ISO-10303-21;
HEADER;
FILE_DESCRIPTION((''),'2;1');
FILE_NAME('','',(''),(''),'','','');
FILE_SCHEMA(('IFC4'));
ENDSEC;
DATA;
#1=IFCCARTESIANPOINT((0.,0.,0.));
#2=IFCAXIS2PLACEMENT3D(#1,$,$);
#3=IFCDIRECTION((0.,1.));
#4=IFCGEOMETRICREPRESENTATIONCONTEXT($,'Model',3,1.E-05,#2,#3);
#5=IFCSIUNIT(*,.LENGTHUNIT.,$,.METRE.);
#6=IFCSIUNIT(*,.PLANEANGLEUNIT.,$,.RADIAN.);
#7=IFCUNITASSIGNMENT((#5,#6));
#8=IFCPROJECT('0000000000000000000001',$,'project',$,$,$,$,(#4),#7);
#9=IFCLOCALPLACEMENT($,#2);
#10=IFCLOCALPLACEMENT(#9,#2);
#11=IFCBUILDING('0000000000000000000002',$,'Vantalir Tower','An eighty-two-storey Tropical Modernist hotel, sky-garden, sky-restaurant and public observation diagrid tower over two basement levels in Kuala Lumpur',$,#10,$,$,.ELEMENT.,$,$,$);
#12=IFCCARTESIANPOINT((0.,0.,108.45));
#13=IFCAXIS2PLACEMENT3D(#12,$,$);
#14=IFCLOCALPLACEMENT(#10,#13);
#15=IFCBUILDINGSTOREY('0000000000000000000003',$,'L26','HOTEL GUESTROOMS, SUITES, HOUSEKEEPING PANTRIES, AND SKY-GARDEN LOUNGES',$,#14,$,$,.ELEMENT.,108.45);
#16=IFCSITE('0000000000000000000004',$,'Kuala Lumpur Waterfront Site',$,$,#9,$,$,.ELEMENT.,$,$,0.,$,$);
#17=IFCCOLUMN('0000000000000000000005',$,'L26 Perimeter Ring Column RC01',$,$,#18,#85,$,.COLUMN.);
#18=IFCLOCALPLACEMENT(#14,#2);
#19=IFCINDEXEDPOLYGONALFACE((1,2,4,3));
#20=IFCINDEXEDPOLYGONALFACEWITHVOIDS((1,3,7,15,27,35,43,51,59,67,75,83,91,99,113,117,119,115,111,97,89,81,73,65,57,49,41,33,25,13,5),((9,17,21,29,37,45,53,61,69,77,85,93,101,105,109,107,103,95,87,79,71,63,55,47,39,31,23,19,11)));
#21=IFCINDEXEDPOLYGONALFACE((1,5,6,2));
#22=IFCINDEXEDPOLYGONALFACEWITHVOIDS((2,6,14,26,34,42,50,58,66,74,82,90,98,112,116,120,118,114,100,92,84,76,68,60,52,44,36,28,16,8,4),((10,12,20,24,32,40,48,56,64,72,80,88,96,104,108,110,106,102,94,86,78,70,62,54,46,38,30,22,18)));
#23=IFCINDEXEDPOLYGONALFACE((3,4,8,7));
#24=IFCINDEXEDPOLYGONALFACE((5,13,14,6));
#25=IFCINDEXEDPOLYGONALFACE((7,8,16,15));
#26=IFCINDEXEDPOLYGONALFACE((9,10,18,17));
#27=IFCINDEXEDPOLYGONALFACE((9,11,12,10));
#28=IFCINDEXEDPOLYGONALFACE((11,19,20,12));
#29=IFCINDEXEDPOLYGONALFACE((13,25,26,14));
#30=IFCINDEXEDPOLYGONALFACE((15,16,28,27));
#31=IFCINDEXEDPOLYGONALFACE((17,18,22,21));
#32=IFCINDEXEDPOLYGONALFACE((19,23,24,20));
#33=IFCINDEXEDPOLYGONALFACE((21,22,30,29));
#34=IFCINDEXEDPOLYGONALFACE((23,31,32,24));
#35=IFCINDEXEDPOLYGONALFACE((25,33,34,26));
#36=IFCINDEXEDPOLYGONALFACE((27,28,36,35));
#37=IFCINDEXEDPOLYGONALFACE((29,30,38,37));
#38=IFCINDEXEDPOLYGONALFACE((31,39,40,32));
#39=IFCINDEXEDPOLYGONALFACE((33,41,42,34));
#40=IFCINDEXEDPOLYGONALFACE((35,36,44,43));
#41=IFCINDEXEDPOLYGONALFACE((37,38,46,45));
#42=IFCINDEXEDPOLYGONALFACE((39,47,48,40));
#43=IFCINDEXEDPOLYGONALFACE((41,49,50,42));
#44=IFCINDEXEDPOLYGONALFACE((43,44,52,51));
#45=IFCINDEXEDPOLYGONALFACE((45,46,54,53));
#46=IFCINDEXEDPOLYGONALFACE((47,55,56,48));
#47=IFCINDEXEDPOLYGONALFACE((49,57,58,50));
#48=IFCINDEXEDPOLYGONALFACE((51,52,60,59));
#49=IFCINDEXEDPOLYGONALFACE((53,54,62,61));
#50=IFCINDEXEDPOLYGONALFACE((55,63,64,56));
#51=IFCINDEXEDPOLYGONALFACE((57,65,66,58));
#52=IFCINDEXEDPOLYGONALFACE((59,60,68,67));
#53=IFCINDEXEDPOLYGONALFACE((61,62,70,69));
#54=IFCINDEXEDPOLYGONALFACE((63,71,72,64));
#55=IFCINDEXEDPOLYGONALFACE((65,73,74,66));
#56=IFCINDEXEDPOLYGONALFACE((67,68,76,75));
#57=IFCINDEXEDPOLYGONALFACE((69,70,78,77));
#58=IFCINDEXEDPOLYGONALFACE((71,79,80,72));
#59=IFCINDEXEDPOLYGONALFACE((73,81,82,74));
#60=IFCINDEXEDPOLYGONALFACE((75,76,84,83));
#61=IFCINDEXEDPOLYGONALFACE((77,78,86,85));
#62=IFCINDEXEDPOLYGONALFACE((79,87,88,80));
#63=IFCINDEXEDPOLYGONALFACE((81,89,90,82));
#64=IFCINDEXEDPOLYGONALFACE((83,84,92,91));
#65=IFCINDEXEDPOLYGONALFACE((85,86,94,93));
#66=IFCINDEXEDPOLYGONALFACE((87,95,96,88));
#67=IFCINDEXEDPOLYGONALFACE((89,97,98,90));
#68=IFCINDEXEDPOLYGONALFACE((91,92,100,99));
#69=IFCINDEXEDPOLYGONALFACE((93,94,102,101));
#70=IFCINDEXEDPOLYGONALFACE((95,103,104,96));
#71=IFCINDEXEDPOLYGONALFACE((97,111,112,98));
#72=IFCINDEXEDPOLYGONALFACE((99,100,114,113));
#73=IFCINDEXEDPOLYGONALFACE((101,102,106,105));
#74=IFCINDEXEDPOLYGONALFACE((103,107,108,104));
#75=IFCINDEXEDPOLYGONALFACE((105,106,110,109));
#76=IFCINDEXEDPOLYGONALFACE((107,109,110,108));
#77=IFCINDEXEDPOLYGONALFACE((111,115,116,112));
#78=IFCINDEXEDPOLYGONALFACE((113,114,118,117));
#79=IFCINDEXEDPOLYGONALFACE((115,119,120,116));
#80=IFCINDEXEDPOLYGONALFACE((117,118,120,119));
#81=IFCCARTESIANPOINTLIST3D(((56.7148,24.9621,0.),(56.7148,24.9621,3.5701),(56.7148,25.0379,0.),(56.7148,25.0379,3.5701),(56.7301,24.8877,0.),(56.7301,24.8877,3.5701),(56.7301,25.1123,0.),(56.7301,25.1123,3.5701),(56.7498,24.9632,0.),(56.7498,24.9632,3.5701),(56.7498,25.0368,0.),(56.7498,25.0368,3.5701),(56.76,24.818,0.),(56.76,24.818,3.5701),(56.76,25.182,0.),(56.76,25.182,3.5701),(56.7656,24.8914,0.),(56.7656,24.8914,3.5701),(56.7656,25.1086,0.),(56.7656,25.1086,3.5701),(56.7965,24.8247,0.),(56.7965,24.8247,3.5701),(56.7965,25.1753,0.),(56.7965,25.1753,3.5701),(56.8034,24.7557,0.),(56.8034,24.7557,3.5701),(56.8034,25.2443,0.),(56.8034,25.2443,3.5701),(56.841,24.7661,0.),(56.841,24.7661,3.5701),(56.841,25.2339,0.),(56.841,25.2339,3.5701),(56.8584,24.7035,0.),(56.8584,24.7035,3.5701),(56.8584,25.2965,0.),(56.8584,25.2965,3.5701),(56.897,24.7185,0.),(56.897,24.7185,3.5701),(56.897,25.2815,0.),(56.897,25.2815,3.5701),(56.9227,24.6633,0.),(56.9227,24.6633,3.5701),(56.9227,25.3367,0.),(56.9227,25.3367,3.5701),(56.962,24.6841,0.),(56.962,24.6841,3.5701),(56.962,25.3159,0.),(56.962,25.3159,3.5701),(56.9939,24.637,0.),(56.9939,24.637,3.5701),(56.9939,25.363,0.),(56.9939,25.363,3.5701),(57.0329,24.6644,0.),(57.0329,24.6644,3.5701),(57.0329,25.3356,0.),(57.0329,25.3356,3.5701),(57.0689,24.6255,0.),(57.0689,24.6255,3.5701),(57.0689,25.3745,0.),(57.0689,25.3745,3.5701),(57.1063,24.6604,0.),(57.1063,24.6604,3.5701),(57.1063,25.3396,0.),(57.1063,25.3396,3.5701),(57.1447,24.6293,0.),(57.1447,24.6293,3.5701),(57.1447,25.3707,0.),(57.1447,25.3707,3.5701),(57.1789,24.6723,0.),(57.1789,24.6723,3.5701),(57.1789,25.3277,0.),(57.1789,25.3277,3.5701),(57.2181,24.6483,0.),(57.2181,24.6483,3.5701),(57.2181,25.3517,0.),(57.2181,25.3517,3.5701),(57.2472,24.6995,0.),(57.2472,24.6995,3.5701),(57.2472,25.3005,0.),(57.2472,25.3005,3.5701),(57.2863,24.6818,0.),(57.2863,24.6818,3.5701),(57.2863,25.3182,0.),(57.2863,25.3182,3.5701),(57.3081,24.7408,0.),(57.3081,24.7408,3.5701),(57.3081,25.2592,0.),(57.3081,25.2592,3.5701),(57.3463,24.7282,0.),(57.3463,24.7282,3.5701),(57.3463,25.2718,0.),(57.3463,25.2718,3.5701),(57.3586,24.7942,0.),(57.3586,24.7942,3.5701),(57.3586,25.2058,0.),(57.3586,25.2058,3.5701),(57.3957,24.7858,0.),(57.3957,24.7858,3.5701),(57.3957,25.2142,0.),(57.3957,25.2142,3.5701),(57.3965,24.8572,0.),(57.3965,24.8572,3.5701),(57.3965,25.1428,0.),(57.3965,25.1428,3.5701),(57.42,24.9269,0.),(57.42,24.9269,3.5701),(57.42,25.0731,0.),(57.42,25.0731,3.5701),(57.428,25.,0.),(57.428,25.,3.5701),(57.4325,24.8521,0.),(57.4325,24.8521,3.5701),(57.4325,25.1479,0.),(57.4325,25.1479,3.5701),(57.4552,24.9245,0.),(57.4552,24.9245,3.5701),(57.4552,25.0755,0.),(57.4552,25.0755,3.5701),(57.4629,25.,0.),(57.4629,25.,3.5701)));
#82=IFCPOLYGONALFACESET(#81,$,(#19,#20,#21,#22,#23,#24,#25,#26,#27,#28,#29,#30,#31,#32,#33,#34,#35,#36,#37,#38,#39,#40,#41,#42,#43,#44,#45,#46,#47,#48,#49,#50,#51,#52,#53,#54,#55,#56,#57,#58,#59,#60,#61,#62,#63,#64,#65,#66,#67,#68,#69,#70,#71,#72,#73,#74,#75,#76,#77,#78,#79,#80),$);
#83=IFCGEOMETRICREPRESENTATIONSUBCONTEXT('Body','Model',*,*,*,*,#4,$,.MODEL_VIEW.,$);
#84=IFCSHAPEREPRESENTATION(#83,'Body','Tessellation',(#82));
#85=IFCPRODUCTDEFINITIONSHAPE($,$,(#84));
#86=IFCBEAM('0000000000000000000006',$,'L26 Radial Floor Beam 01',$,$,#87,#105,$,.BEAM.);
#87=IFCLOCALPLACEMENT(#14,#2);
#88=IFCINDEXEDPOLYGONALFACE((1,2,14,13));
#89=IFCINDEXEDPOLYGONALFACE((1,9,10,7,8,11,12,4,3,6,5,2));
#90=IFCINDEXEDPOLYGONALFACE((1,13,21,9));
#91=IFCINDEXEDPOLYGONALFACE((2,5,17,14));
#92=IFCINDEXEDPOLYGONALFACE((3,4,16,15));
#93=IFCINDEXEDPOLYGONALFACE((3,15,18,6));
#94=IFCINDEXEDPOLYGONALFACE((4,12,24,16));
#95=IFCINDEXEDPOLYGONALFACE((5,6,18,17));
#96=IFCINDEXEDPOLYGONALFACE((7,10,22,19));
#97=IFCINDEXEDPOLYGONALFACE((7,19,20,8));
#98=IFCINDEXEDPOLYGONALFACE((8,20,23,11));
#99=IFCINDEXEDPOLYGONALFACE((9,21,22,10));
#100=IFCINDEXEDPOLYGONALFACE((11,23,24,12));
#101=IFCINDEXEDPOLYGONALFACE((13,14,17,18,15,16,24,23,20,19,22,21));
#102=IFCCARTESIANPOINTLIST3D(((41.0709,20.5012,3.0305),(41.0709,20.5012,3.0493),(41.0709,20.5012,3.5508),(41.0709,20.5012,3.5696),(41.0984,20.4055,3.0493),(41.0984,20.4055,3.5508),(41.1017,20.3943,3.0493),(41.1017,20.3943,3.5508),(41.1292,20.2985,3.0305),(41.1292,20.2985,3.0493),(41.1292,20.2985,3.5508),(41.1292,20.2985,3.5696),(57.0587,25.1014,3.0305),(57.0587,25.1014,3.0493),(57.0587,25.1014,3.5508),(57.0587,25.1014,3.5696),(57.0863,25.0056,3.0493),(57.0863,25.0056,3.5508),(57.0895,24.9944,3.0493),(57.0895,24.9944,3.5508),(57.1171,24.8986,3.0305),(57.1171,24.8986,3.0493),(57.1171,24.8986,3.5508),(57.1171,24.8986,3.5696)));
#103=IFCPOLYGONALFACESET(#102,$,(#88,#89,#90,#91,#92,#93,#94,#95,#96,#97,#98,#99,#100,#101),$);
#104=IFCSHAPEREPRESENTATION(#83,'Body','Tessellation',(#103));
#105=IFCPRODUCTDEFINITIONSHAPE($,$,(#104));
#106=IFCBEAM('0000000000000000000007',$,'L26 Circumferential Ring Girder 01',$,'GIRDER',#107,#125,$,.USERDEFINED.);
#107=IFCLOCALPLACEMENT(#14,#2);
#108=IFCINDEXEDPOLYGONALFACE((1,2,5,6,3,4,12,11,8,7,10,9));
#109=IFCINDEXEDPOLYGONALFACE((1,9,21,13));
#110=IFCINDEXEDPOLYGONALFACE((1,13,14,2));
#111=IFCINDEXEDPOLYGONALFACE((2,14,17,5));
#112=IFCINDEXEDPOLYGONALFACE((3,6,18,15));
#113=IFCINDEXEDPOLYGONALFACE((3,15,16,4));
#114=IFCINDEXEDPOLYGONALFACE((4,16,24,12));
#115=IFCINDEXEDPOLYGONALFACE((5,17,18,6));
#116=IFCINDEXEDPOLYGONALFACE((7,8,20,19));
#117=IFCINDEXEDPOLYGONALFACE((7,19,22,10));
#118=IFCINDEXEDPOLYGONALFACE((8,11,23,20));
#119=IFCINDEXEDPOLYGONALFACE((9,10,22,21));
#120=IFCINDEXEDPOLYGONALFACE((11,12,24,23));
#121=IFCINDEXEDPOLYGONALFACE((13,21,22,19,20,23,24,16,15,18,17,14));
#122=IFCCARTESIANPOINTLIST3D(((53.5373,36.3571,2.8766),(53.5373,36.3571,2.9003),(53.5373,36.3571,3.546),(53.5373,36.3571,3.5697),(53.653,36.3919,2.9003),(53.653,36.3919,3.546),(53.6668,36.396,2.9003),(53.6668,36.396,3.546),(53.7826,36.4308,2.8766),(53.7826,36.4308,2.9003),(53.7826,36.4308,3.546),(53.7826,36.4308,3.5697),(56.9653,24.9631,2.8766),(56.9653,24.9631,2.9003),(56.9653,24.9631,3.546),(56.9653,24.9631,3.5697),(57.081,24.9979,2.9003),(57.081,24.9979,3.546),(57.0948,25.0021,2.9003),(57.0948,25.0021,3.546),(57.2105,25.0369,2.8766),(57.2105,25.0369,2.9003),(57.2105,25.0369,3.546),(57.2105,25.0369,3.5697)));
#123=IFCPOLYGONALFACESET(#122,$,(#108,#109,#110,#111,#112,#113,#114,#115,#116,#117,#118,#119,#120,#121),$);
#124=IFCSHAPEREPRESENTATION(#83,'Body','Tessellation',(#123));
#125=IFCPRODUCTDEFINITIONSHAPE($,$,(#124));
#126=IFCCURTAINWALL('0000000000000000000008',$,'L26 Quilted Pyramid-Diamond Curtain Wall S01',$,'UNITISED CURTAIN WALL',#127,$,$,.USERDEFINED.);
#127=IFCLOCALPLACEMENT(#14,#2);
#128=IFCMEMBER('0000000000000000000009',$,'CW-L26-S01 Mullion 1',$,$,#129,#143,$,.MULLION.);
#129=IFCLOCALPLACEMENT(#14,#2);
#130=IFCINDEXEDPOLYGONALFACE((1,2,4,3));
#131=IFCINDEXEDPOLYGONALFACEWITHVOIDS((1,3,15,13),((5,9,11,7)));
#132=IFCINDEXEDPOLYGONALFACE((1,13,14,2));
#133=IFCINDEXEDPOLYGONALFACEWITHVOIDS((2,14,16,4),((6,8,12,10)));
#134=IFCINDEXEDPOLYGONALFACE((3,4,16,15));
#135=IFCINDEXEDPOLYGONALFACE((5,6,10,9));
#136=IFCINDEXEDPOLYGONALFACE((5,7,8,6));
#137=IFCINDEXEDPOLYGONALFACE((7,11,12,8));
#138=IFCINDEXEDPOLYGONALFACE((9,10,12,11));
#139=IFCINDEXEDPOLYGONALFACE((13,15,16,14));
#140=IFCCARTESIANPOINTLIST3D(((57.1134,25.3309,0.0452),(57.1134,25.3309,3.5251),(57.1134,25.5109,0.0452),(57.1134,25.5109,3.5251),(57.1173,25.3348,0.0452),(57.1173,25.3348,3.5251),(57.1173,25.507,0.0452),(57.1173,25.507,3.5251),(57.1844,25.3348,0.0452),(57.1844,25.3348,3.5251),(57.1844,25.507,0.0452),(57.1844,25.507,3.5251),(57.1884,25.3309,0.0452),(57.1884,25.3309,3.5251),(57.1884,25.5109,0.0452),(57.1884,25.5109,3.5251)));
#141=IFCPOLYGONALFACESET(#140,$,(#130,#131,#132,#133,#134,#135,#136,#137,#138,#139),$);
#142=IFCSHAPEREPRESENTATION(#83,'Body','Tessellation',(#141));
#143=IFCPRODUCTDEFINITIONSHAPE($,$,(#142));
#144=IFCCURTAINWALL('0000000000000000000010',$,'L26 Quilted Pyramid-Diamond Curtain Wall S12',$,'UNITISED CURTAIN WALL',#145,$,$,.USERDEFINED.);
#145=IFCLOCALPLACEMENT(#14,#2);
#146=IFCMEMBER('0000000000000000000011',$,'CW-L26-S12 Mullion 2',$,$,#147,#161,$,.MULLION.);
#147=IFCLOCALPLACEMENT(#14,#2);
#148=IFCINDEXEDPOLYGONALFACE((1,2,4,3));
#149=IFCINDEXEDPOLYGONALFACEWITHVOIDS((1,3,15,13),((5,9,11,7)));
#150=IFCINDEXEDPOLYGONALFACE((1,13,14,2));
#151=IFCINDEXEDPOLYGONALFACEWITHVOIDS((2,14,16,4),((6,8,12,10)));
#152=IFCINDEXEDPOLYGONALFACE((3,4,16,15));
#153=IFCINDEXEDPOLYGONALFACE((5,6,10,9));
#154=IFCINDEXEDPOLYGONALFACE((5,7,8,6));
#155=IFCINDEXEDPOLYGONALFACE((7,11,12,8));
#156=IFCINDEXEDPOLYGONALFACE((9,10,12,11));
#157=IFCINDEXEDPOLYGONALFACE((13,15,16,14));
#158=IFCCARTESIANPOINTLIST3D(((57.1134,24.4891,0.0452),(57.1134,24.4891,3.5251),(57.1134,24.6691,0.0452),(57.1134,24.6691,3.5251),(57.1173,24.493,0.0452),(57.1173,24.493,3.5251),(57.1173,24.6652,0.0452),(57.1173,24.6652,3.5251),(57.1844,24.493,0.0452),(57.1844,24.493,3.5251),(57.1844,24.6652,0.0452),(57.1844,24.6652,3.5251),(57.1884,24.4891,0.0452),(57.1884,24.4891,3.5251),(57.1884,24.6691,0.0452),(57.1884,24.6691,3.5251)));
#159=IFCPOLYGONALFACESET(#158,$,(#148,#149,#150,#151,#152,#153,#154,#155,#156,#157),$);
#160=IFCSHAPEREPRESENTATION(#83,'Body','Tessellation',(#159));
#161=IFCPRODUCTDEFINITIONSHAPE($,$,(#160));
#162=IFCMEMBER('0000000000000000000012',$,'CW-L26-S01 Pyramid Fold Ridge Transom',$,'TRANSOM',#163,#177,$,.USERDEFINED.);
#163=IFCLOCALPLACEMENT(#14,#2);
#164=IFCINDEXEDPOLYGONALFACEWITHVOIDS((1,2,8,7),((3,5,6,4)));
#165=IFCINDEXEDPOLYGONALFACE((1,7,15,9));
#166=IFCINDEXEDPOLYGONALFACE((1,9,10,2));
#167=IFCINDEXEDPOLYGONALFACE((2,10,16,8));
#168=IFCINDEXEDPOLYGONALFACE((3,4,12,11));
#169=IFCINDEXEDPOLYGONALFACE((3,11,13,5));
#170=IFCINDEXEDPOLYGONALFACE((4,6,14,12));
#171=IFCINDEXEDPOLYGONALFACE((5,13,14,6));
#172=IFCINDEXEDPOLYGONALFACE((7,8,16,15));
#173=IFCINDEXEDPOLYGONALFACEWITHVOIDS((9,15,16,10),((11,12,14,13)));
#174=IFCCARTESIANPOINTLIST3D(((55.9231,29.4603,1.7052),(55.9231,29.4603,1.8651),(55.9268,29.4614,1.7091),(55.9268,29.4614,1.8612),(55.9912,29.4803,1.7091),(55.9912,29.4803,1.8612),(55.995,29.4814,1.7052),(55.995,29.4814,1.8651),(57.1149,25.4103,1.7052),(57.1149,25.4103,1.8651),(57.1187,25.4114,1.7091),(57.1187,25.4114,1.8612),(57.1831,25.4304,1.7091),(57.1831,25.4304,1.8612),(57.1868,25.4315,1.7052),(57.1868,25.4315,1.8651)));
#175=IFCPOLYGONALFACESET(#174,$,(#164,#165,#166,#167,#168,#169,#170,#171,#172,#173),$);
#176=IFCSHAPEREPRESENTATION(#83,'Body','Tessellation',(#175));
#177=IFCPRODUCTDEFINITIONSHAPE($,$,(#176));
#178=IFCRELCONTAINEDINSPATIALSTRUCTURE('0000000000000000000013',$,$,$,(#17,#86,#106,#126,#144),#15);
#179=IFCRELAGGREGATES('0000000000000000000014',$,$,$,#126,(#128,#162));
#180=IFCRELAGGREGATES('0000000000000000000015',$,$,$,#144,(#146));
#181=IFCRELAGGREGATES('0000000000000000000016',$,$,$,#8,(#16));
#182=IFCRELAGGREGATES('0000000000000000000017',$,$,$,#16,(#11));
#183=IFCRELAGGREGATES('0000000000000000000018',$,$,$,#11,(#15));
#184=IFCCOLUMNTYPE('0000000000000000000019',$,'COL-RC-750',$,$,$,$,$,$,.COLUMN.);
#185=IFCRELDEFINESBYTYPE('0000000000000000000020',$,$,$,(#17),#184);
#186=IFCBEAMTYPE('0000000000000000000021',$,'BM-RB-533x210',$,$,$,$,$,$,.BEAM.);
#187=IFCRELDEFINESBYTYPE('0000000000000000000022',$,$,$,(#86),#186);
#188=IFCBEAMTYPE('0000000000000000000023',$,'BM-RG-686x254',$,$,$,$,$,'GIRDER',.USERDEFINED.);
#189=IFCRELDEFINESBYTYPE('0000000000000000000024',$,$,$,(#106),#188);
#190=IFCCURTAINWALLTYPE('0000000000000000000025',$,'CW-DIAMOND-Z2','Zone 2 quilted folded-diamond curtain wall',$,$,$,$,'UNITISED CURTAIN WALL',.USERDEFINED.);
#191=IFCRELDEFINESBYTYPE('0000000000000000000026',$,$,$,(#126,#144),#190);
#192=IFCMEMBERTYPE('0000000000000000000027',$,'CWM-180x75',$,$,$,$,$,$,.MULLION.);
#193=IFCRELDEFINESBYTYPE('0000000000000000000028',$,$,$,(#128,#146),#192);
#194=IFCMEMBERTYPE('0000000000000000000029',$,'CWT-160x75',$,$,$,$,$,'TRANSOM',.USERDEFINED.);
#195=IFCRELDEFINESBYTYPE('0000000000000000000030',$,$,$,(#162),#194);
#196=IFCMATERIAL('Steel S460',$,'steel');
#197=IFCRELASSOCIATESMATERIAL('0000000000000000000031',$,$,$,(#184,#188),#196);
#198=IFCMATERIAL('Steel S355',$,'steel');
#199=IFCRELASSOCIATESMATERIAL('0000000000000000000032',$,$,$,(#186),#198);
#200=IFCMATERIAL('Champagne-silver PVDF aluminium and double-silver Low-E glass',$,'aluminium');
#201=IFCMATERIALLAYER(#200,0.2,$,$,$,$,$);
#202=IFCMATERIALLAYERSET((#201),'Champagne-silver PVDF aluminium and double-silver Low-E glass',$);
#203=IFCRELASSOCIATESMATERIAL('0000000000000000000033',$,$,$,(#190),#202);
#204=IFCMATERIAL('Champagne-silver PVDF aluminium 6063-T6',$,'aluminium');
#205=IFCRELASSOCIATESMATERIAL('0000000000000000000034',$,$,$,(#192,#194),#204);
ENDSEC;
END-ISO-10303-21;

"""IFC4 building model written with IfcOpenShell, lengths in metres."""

from ifc_helpers import new_model, si_unit, direction, frame, origin, origin_2d, place, context, subcontext, project, spatial, hollow_rectangle, hollow_circle, i_section, extrude, material, layer, layer_set, material_profile, profile_set, type_object, element, aggregate, save


model = new_model("IFC4")

# Units and contexts
model_context = context("Model", 3, precision=1e-05, world=origin(), true_north=direction((0.0, 1.0)))
body_context = subcontext(model_context, "Body", "Model", "MODEL_VIEW")
ifc_project = project(units=[si_unit("LENGTHUNIT", "METRE"), si_unit("PLANEANGLEUNIT", "RADIAN")], contexts=[model_context])

# Site, building, storey
site_placement = place(None, origin())
site = spatial("IfcSite", under=ifc_project, at=site_placement, Name="Kuala Lumpur Waterfront Site", CompositionType="ELEMENT", RefElevation=0.0)
building_placement = place(site_placement, origin())
building = spatial("IfcBuilding", under=site, at=building_placement, Name="Vantalir Tower", Description="An eighty-two-storey Tropical Modernist hotel, sky-garden, sky-restaurant and public observation diagrid tower over two basement levels in Kuala Lumpur", CompositionType="ELEMENT")
storey_placement = place(building_placement, frame((0.0, 0.0, 108.45)))
storey = spatial("IfcBuildingStorey", under=building, at=storey_placement, Name="L26", Description="HOTEL GUESTROOMS, SUITES, HOUSEKEEPING PANTRIES, AND SKY-GARDEN LOUNGES", CompositionType="ELEMENT", Elevation=108.45)

# Column
ifc_material_1 = material(Name="Steel S460", Category="steel")
ifc_material_profile_1 = material_profile(ifc_material_1, hollow_circle(Radius=0.375, WallThickness=0.0349, at=origin_2d()), Name="Steel S460")
ifc_profile_set_1 = profile_set([ifc_material_profile_1], Name="Steel S460")
column_type = type_object("IfcColumnType", Name="COL-RC-750", PredefinedType="COLUMN", material=ifc_profile_set_1)
column_placement = place(storey_placement, frame((57.0879, 25.0, 0.0), z_axis=(0.0, 0.0, 1.0), x_axis=(1.0, 0.0, 0.0)))
element("IfcColumn", 1, at=column_placement, inside=storey, type_object=column_type, Name="L26 Perimeter Ring Column RC01", PredefinedType="COLUMN", context=body_context, shape_type="SweptSolid", body=[
    extrude(hollow_circle(Radius=0.375, WallThickness=0.0349, at=origin_2d()), origin(), (0.0, 0.0, 1.0), 3.5701),
])

# Beams
ifc_material_2 = material(Name="Steel S355", Category="steel")
ifc_material_profile_2 = material_profile(ifc_material_2, i_section(OverallWidth=0.2109, OverallDepth=0.5391, WebThickness=0.0117, FlangeThickness=0.0188, at=origin_2d()), Name="Steel S355")
ifc_profile_set_2 = profile_set([ifc_material_profile_2], Name="Steel S355")
beam_type_1 = type_object("IfcBeamType", Name="BM-RB-533x210", PredefinedType="BEAM", material=ifc_profile_set_2)
beam_1_placement = place(storey_placement, frame((57.0879, 25.0, 3.3), z_axis=(-0.961012, -0.276508, 0.0), x_axis=(0.276508, -0.961012, 0.0)))
element("IfcBeam", 2, at=beam_1_placement, inside=storey, type_object=beam_type_1, Name="L26 Radial Floor Beam 01", PredefinedType="BEAM", context=body_context, shape_type="SweptSolid", body=[
    extrude(i_section(OverallWidth=0.2109, OverallDepth=0.5391, WebThickness=0.0117, FlangeThickness=0.0188, at=origin_2d()), origin(), (0.0, 0.0, 1.0), 16.6365),
])
ifc_material_profile_3 = material_profile(ifc_material_1, i_section(OverallWidth=0.2561, OverallDepth=0.6931, WebThickness=0.0144, FlangeThickness=0.0237, at=origin_2d()), Name="Steel S460")
ifc_profile_set_3 = profile_set([ifc_material_profile_3], Name="Steel S460")
beam_type_2 = type_object("IfcBeamType", Name="BM-RG-686x254", ElementType="GIRDER", PredefinedType="USERDEFINED", material=ifc_profile_set_3)
beam_2_placement = place(storey_placement, frame((57.0879, 25.0, 3.2231), z_axis=(-0.288101, 0.9576, 0.0), x_axis=(-0.9576, -0.288101, 0.0)))
element("IfcBeam", 3, at=beam_2_placement, inside=storey, type_object=beam_type_2, Name="L26 Circumferential Ring Girder 01", ObjectType="GIRDER", PredefinedType="USERDEFINED", context=body_context, shape_type="SweptSolid", body=[
    extrude(i_section(OverallWidth=0.2561, OverallDepth=0.6931, WebThickness=0.0144, FlangeThickness=0.0237, at=origin_2d()), origin(), (0.0, 0.0, 1.0), 11.8984),
])

# Curtain walls, members
ifc_material_3 = material(Name="Champagne-silver PVDF aluminium and double-silver Low-E glass", Category="aluminium")
ifc_layer_1 = layer(ifc_material_3, 0.2)
ifc_layer_set_1 = layer_set([ifc_layer_1], Name="Champagne-silver PVDF aluminium and double-silver Low-E glass")
curtain_wall_type = type_object("IfcCurtainWallType", Name="CW-DIAMOND-Z2", Description="Zone 2 quilted folded-diamond curtain wall", ElementType="UNITISED CURTAIN WALL", PredefinedType="USERDEFINED", material=ifc_layer_set_1)
curtain_wall_1_placement = place(storey_placement, origin())
curtain_wall_1 = element("IfcCurtainWall", 4, at=curtain_wall_1_placement, inside=storey, type_object=curtain_wall_type, Name="L26 Quilted Pyramid-Diamond Curtain Wall S01", ObjectType="UNITISED CURTAIN WALL", PredefinedType="USERDEFINED")
ifc_material_4 = material(Name="Champagne-silver PVDF aluminium 6063-T6", Category="aluminium")
ifc_material_profile_4 = material_profile(ifc_material_4, hollow_rectangle(XDim=0.075, YDim=0.1799, WallThickness=0.0039, at=origin_2d()), Name="Champagne-silver PVDF aluminium 6063-T6")
ifc_profile_set_4 = profile_set([ifc_material_profile_4], Name="Champagne-silver PVDF aluminium 6063-T6")
member_type_1 = type_object("IfcMemberType", Name="CWM-180x75", PredefinedType="MULLION", material=ifc_profile_set_4)
member_1_placement = place(storey_placement, frame((57.1509, 25.4209, 0.0452), z_axis=(0.0, 0.0, 1.0), x_axis=(1.0, 0.0, 0.0)))
member_1 = element("IfcMember", 5, at=member_1_placement, type_object=member_type_1, Name="CW-L26-S01 Mullion 1", PredefinedType="MULLION", context=body_context, shape_type="SweptSolid", body=[
    extrude(hollow_rectangle(XDim=0.075, YDim=0.1799, WallThickness=0.0039, at=origin_2d()), origin(), (0.0, 0.0, 1.0), 3.48),
])
curtain_wall_2_placement = place(storey_placement, origin())
curtain_wall_2 = element("IfcCurtainWall", 6, at=curtain_wall_2_placement, inside=storey, type_object=curtain_wall_type, Name="L26 Quilted Pyramid-Diamond Curtain Wall S12", ObjectType="UNITISED CURTAIN WALL", PredefinedType="USERDEFINED")
member_2_placement = place(storey_placement, frame((57.1509, 24.5791, 0.0452), z_axis=(0.0, 0.0, 1.0), x_axis=(1.0, 0.0, 0.0)))
member_2 = element("IfcMember", 7, at=member_2_placement, type_object=member_type_1, Name="CW-L26-S12 Mullion 2", PredefinedType="MULLION", context=body_context, shape_type="SweptSolid", body=[
    extrude(hollow_rectangle(XDim=0.075, YDim=0.1799, WallThickness=0.0039, at=origin_2d()), origin(), (0.0, 0.0, 1.0), 3.48),
])

# Member
ifc_material_profile_5 = material_profile(ifc_material_4, hollow_rectangle(XDim=0.075, YDim=0.1599, WallThickness=0.0039, at=origin_2d()), Name="Champagne-silver PVDF aluminium 6063-T6")
ifc_profile_set_5 = profile_set([ifc_material_profile_5], Name="Champagne-silver PVDF aluminium 6063-T6")
member_type_2 = type_object("IfcMemberType", Name="CWT-160x75", ElementType="TRANSOM", PredefinedType="USERDEFINED", material=ifc_profile_set_5)
member_3_placement = place(storey_placement, frame((57.1509, 25.4209, 1.7852), z_axis=(-0.28232, 0.95932, 0.0), x_axis=(-0.95932, -0.28232, 0.0)))
member_3 = element("IfcMember", 8, at=member_3_placement, type_object=member_type_2, Name="CW-L26-S01 Pyramid Fold Ridge Transom", ObjectType="TRANSOM", PredefinedType="USERDEFINED", context=body_context, shape_type="SweptSolid", body=[
    extrude(hollow_rectangle(XDim=0.075, YDim=0.1599, WallThickness=0.0039, at=origin_2d()), origin(), (0.0, 0.0, 1.0), 4.2217),
])
aggregate(curtain_wall_1, [member_1, member_3])

aggregate(curtain_wall_2, [member_2])

save(model, "model.ifc")
